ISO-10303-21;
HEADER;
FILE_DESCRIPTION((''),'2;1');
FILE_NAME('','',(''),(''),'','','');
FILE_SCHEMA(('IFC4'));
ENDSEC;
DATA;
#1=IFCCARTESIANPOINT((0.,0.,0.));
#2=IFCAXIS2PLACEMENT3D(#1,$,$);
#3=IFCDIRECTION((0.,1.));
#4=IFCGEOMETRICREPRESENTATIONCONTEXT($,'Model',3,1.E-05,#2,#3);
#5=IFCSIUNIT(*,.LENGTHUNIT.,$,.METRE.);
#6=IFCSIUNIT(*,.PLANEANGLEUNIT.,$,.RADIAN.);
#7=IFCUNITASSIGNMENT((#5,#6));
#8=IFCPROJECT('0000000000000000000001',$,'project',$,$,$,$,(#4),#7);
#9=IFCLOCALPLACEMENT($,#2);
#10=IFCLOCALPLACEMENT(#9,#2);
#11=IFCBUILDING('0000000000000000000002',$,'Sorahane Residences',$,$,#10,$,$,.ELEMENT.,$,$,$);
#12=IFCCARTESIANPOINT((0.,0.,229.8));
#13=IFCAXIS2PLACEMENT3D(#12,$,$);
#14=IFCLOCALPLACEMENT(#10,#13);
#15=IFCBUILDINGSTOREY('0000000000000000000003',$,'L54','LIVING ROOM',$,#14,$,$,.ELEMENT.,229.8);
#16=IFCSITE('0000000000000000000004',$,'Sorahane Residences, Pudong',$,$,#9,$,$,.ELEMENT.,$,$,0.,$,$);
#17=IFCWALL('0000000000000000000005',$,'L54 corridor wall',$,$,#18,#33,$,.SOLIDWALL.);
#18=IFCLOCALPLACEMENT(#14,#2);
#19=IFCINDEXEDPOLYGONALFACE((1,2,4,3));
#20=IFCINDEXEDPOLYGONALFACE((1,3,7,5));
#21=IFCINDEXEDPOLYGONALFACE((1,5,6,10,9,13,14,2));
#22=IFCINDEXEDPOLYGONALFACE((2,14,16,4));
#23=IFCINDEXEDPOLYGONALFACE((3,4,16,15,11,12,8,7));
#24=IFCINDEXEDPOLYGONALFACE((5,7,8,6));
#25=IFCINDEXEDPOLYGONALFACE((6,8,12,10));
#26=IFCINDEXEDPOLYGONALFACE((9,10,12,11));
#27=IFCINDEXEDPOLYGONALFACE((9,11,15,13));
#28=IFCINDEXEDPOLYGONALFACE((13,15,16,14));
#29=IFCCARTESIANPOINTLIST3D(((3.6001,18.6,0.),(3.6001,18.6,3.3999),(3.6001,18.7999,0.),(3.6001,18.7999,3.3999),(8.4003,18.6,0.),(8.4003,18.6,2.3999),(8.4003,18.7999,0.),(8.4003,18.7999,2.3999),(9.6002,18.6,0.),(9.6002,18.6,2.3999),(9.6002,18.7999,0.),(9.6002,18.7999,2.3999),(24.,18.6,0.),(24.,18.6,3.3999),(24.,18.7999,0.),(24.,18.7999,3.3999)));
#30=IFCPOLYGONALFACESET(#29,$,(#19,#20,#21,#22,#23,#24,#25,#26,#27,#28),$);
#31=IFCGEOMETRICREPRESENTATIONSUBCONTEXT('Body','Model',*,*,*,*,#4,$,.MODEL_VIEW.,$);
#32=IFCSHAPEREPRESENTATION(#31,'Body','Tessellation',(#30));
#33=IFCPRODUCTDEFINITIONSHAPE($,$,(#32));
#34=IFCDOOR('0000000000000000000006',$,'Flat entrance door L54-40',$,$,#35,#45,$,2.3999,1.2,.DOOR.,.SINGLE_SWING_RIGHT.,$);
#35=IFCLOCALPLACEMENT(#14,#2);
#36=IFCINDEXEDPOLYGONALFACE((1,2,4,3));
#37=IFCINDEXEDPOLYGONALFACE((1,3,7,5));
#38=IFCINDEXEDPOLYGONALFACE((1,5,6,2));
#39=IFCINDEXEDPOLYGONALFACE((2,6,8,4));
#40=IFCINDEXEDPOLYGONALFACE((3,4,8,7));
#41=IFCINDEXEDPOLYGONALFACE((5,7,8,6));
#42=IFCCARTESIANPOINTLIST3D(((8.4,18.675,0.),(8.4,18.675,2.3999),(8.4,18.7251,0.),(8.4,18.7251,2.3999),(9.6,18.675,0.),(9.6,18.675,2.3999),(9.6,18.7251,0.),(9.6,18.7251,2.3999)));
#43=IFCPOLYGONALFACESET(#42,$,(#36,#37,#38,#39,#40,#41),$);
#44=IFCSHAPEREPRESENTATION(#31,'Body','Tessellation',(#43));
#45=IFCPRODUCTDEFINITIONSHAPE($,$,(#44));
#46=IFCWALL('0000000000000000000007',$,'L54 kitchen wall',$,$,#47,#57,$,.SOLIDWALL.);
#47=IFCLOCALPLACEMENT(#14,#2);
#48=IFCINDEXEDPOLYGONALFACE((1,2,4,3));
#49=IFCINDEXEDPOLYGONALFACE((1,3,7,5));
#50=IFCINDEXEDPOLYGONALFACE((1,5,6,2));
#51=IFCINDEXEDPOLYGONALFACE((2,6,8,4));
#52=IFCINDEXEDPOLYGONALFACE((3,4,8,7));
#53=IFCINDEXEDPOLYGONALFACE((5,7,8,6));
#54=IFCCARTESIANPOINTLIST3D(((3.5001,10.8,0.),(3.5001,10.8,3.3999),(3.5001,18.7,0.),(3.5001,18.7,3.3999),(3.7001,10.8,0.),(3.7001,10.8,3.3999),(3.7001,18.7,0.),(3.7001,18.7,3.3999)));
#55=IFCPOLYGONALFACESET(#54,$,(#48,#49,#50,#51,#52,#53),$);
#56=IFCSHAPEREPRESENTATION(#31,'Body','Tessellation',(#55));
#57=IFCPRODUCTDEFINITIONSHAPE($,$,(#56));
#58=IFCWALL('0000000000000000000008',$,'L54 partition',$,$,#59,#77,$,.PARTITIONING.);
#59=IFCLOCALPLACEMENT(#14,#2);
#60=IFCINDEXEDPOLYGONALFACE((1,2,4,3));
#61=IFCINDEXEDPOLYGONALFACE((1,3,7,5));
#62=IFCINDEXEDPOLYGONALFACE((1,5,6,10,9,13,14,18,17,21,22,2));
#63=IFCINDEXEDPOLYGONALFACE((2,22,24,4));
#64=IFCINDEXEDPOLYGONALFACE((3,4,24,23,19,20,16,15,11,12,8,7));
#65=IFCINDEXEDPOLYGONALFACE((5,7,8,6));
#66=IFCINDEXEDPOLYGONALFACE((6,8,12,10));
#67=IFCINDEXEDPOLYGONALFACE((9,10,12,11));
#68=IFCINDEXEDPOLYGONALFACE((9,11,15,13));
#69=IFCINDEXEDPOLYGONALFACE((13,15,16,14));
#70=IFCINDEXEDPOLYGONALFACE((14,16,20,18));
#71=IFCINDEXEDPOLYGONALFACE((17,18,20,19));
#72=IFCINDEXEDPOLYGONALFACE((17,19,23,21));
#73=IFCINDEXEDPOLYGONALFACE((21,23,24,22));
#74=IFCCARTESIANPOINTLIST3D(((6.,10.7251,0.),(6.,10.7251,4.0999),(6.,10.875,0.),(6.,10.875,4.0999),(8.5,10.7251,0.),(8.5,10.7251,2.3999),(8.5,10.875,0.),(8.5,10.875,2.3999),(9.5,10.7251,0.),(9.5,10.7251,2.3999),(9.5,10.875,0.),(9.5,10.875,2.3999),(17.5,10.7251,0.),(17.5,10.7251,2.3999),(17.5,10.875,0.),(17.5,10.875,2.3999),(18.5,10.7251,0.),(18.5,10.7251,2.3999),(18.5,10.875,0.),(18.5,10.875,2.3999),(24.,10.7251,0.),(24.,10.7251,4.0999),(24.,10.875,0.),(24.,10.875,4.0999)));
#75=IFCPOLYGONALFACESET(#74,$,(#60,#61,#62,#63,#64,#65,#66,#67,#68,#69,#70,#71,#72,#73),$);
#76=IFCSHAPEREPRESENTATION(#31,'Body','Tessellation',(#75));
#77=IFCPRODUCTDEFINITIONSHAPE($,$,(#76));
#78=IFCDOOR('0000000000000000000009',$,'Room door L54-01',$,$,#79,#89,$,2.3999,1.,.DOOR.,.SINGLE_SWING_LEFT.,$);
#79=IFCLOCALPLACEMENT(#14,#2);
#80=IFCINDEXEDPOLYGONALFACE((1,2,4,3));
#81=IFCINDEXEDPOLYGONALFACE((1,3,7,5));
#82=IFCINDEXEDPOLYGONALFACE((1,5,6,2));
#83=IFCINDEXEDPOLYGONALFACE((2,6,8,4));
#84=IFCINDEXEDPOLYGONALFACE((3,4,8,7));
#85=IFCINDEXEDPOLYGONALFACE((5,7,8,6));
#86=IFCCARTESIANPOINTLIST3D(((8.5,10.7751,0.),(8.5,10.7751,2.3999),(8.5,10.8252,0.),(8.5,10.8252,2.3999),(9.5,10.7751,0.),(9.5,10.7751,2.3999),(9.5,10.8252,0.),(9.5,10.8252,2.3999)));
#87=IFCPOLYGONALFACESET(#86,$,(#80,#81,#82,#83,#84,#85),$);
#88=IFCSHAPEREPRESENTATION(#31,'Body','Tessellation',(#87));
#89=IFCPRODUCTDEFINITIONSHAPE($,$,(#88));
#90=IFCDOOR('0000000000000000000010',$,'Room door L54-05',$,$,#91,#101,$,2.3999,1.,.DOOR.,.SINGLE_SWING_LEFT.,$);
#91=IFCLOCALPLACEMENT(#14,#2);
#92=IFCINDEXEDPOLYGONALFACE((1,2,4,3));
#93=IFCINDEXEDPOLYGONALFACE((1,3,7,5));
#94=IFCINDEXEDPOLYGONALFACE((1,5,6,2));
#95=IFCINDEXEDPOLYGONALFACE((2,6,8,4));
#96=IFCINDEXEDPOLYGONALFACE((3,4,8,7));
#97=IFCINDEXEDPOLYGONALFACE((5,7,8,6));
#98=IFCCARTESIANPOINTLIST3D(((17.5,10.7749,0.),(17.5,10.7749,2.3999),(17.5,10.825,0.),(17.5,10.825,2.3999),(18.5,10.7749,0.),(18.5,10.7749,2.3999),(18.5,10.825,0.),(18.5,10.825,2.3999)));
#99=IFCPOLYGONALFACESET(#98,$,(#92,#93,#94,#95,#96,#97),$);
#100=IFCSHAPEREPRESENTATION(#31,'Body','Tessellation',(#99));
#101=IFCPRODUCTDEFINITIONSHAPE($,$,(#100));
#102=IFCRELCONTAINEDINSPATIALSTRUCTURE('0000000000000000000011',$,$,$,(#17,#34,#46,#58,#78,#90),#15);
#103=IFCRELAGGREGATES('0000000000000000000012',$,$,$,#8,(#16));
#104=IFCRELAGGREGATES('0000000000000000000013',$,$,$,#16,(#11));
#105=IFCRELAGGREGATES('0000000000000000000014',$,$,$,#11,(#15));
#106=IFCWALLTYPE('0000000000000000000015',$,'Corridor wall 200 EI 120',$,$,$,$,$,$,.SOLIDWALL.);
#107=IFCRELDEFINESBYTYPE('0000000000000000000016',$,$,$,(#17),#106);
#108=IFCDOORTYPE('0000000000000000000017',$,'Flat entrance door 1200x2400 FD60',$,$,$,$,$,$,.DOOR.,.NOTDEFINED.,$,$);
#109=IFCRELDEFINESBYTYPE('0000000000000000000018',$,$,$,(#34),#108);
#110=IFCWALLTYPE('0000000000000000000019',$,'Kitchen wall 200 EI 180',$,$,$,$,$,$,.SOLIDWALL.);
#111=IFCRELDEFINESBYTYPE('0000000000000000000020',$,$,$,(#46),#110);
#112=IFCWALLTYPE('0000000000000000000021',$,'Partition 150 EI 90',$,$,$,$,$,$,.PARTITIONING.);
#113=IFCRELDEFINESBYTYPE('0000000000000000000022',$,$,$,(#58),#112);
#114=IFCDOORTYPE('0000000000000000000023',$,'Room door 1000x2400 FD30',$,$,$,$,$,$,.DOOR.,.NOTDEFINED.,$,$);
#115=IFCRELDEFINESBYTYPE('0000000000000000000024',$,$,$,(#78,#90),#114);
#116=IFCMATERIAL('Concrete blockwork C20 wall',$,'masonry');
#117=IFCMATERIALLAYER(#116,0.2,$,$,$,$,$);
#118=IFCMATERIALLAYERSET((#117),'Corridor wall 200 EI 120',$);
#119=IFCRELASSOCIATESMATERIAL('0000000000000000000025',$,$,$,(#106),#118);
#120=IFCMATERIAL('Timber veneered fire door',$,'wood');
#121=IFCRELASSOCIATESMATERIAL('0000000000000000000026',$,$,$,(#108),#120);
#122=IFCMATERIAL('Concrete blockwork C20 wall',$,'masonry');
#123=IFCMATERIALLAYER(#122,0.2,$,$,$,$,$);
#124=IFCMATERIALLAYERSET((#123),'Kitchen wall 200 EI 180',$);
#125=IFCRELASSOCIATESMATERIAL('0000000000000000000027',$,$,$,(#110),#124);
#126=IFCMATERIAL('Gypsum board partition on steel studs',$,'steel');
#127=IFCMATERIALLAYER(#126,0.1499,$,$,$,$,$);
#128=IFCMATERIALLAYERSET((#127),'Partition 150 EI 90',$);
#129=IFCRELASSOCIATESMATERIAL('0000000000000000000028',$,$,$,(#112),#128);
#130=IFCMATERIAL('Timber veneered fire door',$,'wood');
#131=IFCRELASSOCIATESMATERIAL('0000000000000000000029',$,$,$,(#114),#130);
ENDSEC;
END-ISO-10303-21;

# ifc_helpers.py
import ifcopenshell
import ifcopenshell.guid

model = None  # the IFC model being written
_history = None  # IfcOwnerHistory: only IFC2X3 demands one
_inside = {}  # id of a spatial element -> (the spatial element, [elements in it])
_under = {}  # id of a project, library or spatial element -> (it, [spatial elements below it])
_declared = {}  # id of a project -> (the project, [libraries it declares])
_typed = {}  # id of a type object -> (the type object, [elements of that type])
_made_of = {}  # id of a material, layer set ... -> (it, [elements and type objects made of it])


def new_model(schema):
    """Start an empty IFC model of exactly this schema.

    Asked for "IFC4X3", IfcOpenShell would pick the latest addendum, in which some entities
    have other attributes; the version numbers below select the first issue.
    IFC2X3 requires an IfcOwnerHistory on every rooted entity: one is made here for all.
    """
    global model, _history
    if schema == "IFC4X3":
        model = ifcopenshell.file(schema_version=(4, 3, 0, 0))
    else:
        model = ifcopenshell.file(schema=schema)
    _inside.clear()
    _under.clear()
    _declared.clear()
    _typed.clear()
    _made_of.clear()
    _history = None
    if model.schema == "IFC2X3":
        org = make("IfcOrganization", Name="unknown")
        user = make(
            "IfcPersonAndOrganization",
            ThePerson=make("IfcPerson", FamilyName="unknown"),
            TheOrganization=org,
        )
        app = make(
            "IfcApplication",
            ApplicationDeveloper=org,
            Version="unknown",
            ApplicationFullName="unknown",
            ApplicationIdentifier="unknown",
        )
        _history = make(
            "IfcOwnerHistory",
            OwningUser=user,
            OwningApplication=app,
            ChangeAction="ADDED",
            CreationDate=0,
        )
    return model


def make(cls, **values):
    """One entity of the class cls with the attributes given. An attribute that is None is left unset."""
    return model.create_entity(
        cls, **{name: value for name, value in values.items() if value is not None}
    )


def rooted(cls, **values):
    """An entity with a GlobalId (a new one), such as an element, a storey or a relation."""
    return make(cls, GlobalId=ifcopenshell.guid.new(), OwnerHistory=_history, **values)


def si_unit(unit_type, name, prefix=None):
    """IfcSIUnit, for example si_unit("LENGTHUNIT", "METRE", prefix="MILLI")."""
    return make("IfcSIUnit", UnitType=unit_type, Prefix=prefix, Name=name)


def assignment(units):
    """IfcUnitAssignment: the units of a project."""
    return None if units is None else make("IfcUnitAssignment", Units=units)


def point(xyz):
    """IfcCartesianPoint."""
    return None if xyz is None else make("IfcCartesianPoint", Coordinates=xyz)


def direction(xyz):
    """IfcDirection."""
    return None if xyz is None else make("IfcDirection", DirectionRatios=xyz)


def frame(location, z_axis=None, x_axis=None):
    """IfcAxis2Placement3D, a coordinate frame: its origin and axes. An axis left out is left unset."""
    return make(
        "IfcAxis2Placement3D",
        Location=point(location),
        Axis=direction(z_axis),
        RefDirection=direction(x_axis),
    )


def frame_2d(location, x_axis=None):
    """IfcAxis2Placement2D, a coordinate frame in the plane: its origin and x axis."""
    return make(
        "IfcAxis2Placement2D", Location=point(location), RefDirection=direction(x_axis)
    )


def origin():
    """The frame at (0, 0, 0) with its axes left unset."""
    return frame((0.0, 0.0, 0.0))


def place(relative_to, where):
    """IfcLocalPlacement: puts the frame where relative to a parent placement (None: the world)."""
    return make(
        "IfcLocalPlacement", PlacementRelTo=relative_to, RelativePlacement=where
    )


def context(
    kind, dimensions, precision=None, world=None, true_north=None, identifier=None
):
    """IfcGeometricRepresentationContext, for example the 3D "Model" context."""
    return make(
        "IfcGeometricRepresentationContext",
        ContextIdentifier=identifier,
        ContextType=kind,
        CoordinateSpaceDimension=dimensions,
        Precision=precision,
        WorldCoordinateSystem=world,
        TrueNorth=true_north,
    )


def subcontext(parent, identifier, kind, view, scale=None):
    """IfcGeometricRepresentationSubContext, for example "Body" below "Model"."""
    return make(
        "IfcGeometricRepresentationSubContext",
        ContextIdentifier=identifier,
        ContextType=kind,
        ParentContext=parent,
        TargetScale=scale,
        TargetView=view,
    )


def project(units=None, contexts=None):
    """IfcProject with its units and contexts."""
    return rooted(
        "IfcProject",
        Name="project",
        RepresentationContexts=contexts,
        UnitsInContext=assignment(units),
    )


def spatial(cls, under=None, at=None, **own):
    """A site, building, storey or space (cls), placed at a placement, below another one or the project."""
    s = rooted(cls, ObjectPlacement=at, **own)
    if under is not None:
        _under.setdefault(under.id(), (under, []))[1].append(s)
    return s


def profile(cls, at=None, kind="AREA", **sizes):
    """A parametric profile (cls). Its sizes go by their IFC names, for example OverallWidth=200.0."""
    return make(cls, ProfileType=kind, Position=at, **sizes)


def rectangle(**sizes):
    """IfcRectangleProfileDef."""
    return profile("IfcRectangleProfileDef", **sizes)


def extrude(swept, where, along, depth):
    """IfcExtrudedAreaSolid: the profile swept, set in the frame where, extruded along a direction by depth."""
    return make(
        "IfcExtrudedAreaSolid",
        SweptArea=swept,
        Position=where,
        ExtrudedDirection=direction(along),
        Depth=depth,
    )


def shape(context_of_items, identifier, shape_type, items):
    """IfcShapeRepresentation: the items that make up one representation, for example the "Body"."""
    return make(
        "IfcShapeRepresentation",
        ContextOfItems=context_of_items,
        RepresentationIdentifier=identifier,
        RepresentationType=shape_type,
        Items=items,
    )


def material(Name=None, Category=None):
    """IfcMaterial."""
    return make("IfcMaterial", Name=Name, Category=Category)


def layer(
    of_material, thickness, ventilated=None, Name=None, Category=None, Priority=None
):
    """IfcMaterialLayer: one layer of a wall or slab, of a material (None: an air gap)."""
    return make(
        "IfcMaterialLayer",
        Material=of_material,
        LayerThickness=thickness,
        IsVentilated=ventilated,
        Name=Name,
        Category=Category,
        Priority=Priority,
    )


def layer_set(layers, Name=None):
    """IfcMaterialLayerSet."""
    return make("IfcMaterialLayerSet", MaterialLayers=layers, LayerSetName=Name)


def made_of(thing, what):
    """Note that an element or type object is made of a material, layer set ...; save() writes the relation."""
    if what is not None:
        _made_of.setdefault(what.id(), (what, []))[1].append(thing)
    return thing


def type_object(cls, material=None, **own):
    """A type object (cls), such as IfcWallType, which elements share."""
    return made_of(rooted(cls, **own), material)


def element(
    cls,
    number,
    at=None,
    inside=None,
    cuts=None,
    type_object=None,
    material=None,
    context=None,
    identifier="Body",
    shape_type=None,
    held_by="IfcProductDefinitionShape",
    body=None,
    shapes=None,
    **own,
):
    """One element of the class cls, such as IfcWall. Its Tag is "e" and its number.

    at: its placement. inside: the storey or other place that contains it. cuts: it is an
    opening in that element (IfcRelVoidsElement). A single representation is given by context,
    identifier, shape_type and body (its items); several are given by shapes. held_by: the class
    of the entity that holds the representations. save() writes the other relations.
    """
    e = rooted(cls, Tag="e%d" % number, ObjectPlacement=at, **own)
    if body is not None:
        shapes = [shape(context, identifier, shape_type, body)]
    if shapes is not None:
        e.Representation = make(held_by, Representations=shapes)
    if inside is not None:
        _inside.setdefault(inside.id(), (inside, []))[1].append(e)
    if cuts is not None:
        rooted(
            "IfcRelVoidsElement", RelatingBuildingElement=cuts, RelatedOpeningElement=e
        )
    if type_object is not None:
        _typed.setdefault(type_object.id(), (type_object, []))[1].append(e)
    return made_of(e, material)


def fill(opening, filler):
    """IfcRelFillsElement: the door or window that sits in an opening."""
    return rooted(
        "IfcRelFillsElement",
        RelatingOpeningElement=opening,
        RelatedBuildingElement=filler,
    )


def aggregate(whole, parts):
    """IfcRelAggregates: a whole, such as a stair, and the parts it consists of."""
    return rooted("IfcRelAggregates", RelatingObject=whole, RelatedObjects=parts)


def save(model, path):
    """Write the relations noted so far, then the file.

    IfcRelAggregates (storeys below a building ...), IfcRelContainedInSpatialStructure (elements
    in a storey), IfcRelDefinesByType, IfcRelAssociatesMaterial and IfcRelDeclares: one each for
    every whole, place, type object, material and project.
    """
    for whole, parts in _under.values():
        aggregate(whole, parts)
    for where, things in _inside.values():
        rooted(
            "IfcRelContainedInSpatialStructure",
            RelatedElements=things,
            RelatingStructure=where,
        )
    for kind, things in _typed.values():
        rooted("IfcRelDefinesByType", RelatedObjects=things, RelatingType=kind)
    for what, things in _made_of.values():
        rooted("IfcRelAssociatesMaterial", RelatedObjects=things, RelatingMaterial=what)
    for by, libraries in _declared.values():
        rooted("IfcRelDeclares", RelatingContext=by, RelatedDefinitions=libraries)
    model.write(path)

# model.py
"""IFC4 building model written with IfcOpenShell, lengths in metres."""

from ifc_helpers import new_model, si_unit, direction, frame, frame_2d, origin, place, context, subcontext, project, spatial, rectangle, extrude, material, layer, layer_set, type_object, element, fill, save


model = new_model("IFC4")

# Units and contexts
model_context = context("Model", 3, precision=1e-05, world=origin(), true_north=direction((0.0, 1.0)))
body_context = subcontext(model_context, "Body", "Model", "MODEL_VIEW")
ifc_project = project(units=[si_unit("LENGTHUNIT", "METRE"), si_unit("PLANEANGLEUNIT", "RADIAN")], contexts=[model_context])

# Site, building, storey
site_placement = place(None, origin())
site = spatial("IfcSite", under=ifc_project, at=site_placement, Name="Sorahane Residences, Pudong", CompositionType="ELEMENT", RefElevation=0.0)
building_placement = place(site_placement, origin())
building = spatial("IfcBuilding", under=site, at=building_placement, Name="Sorahane Residences", CompositionType="ELEMENT")
storey_placement = place(building_placement, frame((0.0, 0.0, 229.8)))
storey = spatial("IfcBuildingStorey", under=building, at=storey_placement, Name="L54", Description="LIVING ROOM", CompositionType="ELEMENT", Elevation=229.8)

# Wall, opening, door
ifc_material_1 = material(Name="Concrete blockwork C20 wall", Category="masonry")
ifc_layer_1 = layer(ifc_material_1, 0.2)
ifc_layer_set_1 = layer_set([ifc_layer_1], Name="Corridor wall 200 EI 120")
wall_type_1 = type_object("IfcWallType", Name="Corridor wall 200 EI 120", PredefinedType="SOLIDWALL", material=ifc_layer_set_1)
wall_1_placement = place(storey_placement, frame((3.6001, 18.7, 0.0), z_axis=(0.0, 0.0, 1.0), x_axis=(1.0, 0.0, 0.0)))
wall_1 = element("IfcWall", 1, at=wall_1_placement, inside=storey, type_object=wall_type_1, Name="L54 corridor wall", PredefinedType="SOLIDWALL", context=body_context, shape_type="SweptSolid", body=[
    extrude(rectangle(XDim=20.3999, YDim=0.2, at=frame_2d((10.2, 0.0))), origin(), (0.0, 0.0, 1.0), 3.3999),
])
opening_1_placement = place(wall_1_placement, frame((4.8, 0.0, 0.0)))
opening_1 = element("IfcOpeningElement", 2, at=opening_1_placement, cuts=wall_1, PredefinedType="OPENING", context=body_context, shape_type="SweptSolid", body=[
    extrude(rectangle(XDim=1.2, YDim=2.3999, at=frame_2d((0.6001, 1.2))), frame((0.0, 0.1099, 0.0), z_axis=(0.0, -1.0, 0.0), x_axis=(1.0, 0.0, 0.0)), (0.0, 0.0, 1.0), 0.22),
])
ifc_material_2 = material(Name="Timber veneered fire door", Category="wood")
door_type_1 = type_object("IfcDoorType", Name="Flat entrance door 1200x2400 FD60", OperationType="NOTDEFINED", PredefinedType="DOOR", material=ifc_material_2)
door_1_placement = place(opening_1_placement, frame((1.2, 0.0, 0.0), z_axis=(0.0, 0.0, 1.0), x_axis=(-1.0, 0.0, 0.0)))
door_1 = element("IfcDoor", 3, at=door_1_placement, inside=storey, type_object=door_type_1, Name="Flat entrance door L54-40", OperationType="SINGLE_SWING_RIGHT", OverallHeight=2.3999, OverallWidth=1.2, PredefinedType="DOOR", context=body_context, shape_type="SweptSolid", body=[
    extrude(rectangle(XDim=1.2, YDim=2.3999, at=frame_2d((0.6001, 1.2))), frame((0.0, 0.0249, 0.0), z_axis=(0.0, -1.0, 0.0), x_axis=(1.0, 0.0, 0.0)), (0.0, 0.0, 1.0), 0.05),
])
fill(opening_1, door_1)

# Wall
ifc_material_3 = material(Name="Concrete blockwork C20 wall", Category="masonry")
ifc_layer_2 = layer(ifc_material_3, 0.2)
ifc_layer_set_2 = layer_set([ifc_layer_2], Name="Kitchen wall 200 EI 180")
wall_type_2 = type_object("IfcWallType", Name="Kitchen wall 200 EI 180", PredefinedType="SOLIDWALL", material=ifc_layer_set_2)
wall_2_placement = place(storey_placement, frame((3.6001, 10.8, 0.0), z_axis=(0.0, 0.0, 1.0), x_axis=(0.0, 1.0, 0.0)))
element("IfcWall", 4, at=wall_2_placement, inside=storey, type_object=wall_type_2, Name="L54 kitchen wall", PredefinedType="SOLIDWALL", context=body_context, shape_type="SweptSolid", body=[
    extrude(rectangle(XDim=7.8999, YDim=0.2, at=frame_2d((3.95, 0.0))), origin(), (0.0, 0.0, 1.0), 3.3999),
])

# Wall, openings, doors
ifc_material_4 = material(Name="Gypsum board partition on steel studs", Category="steel")
ifc_layer_3 = layer(ifc_material_4, 0.1499)
ifc_layer_set_3 = layer_set([ifc_layer_3], Name="Partition 150 EI 90")
wall_type_3 = type_object("IfcWallType", Name="Partition 150 EI 90", PredefinedType="PARTITIONING", material=ifc_layer_set_3)
wall_3_placement = place(storey_placement, frame((6.0, 10.8, 0.0), z_axis=(0.0, 0.0, 1.0), x_axis=(1.0, 0.0, 0.0)))
wall_3 = element("IfcWall", 5, at=wall_3_placement, inside=storey, type_object=wall_type_3, Name="L54 partition", PredefinedType="PARTITIONING", context=body_context, shape_type="SweptSolid", body=[
    extrude(rectangle(XDim=18.0, YDim=0.1499, at=frame_2d((9.0, 0.0))), origin(), (0.0, 0.0, 1.0), 4.0999),
])
opening_2_placement = place(wall_3_placement, frame((2.5, 0.0, 0.0)))
opening_2 = element("IfcOpeningElement", 6, at=opening_2_placement, cuts=wall_3, PredefinedType="OPENING", context=body_context, shape_type="SweptSolid", body=[
    extrude(rectangle(XDim=1.0, YDim=2.3999, at=frame_2d((0.5, 1.2))), frame((0.0, 0.085, 0.0), z_axis=(0.0, -1.0, 0.0), x_axis=(1.0, 0.0, 0.0)), (0.0, 0.0, 1.0), 0.1699),
])
opening_3_placement = place(wall_3_placement, frame((11.5, 0.0, 0.0)))
opening_3 = element("IfcOpeningElement", 7, at=opening_3_placement, cuts=wall_3, PredefinedType="OPENING", context=body_context, shape_type="SweptSolid", body=[
    extrude(rectangle(XDim=1.0, YDim=2.3999, at=frame_2d((0.5, 1.2))), frame((0.0, 0.085, 0.0), z_axis=(0.0, -1.0, 0.0), x_axis=(1.0, 0.0, 0.0)), (0.0, 0.0, 1.0), 0.1699),
])
ifc_material_5 = material(Name="Timber veneered fire door", Category="wood")
door_type_2 = type_object("IfcDoorType", Name="Room door 1000x2400 FD30", OperationType="NOTDEFINED", PredefinedType="DOOR", material=ifc_material_5)
door_2_placement = place(opening_2_placement, frame((1.0, 0.0, 0.0), z_axis=(0.0, 0.0, 1.0), x_axis=(-1.0, 0.0, 0.0)))
door_2 = element("IfcDoor", 8, at=door_2_placement, inside=storey, type_object=door_type_2, Name="Room door L54-01", OperationType="SINGLE_SWING_LEFT", OverallHeight=2.3999, OverallWidth=1.0, PredefinedType="DOOR", context=body_context, shape_type="SweptSolid", body=[
    extrude(rectangle(XDim=1.0, YDim=2.3999, at=frame_2d((0.5, 1.2))), frame((0.0, 0.0249, 0.0), z_axis=(0.0, -1.0, 0.0), x_axis=(1.0, 0.0, 0.0)), (0.0, 0.0, 1.0), 0.05),
])
fill(opening_2, door_2)
door_3_placement = place(opening_3_placement, origin())
door_3 = element("IfcDoor", 9, at=door_3_placement, inside=storey, type_object=door_type_2, Name="Room door L54-05", OperationType="SINGLE_SWING_LEFT", OverallHeight=2.3999, OverallWidth=1.0, PredefinedType="DOOR", context=body_context, shape_type="SweptSolid", body=[
    extrude(rectangle(XDim=1.0, YDim=2.3999, at=frame_2d((0.5, 1.2))), frame((0.0, 0.0249, 0.0), z_axis=(0.0, -1.0, 0.0), x_axis=(1.0, 0.0, 0.0)), (0.0, 0.0, 1.0), 0.05),
])
fill(opening_3, door_3)

save(model, "model.ifc")
